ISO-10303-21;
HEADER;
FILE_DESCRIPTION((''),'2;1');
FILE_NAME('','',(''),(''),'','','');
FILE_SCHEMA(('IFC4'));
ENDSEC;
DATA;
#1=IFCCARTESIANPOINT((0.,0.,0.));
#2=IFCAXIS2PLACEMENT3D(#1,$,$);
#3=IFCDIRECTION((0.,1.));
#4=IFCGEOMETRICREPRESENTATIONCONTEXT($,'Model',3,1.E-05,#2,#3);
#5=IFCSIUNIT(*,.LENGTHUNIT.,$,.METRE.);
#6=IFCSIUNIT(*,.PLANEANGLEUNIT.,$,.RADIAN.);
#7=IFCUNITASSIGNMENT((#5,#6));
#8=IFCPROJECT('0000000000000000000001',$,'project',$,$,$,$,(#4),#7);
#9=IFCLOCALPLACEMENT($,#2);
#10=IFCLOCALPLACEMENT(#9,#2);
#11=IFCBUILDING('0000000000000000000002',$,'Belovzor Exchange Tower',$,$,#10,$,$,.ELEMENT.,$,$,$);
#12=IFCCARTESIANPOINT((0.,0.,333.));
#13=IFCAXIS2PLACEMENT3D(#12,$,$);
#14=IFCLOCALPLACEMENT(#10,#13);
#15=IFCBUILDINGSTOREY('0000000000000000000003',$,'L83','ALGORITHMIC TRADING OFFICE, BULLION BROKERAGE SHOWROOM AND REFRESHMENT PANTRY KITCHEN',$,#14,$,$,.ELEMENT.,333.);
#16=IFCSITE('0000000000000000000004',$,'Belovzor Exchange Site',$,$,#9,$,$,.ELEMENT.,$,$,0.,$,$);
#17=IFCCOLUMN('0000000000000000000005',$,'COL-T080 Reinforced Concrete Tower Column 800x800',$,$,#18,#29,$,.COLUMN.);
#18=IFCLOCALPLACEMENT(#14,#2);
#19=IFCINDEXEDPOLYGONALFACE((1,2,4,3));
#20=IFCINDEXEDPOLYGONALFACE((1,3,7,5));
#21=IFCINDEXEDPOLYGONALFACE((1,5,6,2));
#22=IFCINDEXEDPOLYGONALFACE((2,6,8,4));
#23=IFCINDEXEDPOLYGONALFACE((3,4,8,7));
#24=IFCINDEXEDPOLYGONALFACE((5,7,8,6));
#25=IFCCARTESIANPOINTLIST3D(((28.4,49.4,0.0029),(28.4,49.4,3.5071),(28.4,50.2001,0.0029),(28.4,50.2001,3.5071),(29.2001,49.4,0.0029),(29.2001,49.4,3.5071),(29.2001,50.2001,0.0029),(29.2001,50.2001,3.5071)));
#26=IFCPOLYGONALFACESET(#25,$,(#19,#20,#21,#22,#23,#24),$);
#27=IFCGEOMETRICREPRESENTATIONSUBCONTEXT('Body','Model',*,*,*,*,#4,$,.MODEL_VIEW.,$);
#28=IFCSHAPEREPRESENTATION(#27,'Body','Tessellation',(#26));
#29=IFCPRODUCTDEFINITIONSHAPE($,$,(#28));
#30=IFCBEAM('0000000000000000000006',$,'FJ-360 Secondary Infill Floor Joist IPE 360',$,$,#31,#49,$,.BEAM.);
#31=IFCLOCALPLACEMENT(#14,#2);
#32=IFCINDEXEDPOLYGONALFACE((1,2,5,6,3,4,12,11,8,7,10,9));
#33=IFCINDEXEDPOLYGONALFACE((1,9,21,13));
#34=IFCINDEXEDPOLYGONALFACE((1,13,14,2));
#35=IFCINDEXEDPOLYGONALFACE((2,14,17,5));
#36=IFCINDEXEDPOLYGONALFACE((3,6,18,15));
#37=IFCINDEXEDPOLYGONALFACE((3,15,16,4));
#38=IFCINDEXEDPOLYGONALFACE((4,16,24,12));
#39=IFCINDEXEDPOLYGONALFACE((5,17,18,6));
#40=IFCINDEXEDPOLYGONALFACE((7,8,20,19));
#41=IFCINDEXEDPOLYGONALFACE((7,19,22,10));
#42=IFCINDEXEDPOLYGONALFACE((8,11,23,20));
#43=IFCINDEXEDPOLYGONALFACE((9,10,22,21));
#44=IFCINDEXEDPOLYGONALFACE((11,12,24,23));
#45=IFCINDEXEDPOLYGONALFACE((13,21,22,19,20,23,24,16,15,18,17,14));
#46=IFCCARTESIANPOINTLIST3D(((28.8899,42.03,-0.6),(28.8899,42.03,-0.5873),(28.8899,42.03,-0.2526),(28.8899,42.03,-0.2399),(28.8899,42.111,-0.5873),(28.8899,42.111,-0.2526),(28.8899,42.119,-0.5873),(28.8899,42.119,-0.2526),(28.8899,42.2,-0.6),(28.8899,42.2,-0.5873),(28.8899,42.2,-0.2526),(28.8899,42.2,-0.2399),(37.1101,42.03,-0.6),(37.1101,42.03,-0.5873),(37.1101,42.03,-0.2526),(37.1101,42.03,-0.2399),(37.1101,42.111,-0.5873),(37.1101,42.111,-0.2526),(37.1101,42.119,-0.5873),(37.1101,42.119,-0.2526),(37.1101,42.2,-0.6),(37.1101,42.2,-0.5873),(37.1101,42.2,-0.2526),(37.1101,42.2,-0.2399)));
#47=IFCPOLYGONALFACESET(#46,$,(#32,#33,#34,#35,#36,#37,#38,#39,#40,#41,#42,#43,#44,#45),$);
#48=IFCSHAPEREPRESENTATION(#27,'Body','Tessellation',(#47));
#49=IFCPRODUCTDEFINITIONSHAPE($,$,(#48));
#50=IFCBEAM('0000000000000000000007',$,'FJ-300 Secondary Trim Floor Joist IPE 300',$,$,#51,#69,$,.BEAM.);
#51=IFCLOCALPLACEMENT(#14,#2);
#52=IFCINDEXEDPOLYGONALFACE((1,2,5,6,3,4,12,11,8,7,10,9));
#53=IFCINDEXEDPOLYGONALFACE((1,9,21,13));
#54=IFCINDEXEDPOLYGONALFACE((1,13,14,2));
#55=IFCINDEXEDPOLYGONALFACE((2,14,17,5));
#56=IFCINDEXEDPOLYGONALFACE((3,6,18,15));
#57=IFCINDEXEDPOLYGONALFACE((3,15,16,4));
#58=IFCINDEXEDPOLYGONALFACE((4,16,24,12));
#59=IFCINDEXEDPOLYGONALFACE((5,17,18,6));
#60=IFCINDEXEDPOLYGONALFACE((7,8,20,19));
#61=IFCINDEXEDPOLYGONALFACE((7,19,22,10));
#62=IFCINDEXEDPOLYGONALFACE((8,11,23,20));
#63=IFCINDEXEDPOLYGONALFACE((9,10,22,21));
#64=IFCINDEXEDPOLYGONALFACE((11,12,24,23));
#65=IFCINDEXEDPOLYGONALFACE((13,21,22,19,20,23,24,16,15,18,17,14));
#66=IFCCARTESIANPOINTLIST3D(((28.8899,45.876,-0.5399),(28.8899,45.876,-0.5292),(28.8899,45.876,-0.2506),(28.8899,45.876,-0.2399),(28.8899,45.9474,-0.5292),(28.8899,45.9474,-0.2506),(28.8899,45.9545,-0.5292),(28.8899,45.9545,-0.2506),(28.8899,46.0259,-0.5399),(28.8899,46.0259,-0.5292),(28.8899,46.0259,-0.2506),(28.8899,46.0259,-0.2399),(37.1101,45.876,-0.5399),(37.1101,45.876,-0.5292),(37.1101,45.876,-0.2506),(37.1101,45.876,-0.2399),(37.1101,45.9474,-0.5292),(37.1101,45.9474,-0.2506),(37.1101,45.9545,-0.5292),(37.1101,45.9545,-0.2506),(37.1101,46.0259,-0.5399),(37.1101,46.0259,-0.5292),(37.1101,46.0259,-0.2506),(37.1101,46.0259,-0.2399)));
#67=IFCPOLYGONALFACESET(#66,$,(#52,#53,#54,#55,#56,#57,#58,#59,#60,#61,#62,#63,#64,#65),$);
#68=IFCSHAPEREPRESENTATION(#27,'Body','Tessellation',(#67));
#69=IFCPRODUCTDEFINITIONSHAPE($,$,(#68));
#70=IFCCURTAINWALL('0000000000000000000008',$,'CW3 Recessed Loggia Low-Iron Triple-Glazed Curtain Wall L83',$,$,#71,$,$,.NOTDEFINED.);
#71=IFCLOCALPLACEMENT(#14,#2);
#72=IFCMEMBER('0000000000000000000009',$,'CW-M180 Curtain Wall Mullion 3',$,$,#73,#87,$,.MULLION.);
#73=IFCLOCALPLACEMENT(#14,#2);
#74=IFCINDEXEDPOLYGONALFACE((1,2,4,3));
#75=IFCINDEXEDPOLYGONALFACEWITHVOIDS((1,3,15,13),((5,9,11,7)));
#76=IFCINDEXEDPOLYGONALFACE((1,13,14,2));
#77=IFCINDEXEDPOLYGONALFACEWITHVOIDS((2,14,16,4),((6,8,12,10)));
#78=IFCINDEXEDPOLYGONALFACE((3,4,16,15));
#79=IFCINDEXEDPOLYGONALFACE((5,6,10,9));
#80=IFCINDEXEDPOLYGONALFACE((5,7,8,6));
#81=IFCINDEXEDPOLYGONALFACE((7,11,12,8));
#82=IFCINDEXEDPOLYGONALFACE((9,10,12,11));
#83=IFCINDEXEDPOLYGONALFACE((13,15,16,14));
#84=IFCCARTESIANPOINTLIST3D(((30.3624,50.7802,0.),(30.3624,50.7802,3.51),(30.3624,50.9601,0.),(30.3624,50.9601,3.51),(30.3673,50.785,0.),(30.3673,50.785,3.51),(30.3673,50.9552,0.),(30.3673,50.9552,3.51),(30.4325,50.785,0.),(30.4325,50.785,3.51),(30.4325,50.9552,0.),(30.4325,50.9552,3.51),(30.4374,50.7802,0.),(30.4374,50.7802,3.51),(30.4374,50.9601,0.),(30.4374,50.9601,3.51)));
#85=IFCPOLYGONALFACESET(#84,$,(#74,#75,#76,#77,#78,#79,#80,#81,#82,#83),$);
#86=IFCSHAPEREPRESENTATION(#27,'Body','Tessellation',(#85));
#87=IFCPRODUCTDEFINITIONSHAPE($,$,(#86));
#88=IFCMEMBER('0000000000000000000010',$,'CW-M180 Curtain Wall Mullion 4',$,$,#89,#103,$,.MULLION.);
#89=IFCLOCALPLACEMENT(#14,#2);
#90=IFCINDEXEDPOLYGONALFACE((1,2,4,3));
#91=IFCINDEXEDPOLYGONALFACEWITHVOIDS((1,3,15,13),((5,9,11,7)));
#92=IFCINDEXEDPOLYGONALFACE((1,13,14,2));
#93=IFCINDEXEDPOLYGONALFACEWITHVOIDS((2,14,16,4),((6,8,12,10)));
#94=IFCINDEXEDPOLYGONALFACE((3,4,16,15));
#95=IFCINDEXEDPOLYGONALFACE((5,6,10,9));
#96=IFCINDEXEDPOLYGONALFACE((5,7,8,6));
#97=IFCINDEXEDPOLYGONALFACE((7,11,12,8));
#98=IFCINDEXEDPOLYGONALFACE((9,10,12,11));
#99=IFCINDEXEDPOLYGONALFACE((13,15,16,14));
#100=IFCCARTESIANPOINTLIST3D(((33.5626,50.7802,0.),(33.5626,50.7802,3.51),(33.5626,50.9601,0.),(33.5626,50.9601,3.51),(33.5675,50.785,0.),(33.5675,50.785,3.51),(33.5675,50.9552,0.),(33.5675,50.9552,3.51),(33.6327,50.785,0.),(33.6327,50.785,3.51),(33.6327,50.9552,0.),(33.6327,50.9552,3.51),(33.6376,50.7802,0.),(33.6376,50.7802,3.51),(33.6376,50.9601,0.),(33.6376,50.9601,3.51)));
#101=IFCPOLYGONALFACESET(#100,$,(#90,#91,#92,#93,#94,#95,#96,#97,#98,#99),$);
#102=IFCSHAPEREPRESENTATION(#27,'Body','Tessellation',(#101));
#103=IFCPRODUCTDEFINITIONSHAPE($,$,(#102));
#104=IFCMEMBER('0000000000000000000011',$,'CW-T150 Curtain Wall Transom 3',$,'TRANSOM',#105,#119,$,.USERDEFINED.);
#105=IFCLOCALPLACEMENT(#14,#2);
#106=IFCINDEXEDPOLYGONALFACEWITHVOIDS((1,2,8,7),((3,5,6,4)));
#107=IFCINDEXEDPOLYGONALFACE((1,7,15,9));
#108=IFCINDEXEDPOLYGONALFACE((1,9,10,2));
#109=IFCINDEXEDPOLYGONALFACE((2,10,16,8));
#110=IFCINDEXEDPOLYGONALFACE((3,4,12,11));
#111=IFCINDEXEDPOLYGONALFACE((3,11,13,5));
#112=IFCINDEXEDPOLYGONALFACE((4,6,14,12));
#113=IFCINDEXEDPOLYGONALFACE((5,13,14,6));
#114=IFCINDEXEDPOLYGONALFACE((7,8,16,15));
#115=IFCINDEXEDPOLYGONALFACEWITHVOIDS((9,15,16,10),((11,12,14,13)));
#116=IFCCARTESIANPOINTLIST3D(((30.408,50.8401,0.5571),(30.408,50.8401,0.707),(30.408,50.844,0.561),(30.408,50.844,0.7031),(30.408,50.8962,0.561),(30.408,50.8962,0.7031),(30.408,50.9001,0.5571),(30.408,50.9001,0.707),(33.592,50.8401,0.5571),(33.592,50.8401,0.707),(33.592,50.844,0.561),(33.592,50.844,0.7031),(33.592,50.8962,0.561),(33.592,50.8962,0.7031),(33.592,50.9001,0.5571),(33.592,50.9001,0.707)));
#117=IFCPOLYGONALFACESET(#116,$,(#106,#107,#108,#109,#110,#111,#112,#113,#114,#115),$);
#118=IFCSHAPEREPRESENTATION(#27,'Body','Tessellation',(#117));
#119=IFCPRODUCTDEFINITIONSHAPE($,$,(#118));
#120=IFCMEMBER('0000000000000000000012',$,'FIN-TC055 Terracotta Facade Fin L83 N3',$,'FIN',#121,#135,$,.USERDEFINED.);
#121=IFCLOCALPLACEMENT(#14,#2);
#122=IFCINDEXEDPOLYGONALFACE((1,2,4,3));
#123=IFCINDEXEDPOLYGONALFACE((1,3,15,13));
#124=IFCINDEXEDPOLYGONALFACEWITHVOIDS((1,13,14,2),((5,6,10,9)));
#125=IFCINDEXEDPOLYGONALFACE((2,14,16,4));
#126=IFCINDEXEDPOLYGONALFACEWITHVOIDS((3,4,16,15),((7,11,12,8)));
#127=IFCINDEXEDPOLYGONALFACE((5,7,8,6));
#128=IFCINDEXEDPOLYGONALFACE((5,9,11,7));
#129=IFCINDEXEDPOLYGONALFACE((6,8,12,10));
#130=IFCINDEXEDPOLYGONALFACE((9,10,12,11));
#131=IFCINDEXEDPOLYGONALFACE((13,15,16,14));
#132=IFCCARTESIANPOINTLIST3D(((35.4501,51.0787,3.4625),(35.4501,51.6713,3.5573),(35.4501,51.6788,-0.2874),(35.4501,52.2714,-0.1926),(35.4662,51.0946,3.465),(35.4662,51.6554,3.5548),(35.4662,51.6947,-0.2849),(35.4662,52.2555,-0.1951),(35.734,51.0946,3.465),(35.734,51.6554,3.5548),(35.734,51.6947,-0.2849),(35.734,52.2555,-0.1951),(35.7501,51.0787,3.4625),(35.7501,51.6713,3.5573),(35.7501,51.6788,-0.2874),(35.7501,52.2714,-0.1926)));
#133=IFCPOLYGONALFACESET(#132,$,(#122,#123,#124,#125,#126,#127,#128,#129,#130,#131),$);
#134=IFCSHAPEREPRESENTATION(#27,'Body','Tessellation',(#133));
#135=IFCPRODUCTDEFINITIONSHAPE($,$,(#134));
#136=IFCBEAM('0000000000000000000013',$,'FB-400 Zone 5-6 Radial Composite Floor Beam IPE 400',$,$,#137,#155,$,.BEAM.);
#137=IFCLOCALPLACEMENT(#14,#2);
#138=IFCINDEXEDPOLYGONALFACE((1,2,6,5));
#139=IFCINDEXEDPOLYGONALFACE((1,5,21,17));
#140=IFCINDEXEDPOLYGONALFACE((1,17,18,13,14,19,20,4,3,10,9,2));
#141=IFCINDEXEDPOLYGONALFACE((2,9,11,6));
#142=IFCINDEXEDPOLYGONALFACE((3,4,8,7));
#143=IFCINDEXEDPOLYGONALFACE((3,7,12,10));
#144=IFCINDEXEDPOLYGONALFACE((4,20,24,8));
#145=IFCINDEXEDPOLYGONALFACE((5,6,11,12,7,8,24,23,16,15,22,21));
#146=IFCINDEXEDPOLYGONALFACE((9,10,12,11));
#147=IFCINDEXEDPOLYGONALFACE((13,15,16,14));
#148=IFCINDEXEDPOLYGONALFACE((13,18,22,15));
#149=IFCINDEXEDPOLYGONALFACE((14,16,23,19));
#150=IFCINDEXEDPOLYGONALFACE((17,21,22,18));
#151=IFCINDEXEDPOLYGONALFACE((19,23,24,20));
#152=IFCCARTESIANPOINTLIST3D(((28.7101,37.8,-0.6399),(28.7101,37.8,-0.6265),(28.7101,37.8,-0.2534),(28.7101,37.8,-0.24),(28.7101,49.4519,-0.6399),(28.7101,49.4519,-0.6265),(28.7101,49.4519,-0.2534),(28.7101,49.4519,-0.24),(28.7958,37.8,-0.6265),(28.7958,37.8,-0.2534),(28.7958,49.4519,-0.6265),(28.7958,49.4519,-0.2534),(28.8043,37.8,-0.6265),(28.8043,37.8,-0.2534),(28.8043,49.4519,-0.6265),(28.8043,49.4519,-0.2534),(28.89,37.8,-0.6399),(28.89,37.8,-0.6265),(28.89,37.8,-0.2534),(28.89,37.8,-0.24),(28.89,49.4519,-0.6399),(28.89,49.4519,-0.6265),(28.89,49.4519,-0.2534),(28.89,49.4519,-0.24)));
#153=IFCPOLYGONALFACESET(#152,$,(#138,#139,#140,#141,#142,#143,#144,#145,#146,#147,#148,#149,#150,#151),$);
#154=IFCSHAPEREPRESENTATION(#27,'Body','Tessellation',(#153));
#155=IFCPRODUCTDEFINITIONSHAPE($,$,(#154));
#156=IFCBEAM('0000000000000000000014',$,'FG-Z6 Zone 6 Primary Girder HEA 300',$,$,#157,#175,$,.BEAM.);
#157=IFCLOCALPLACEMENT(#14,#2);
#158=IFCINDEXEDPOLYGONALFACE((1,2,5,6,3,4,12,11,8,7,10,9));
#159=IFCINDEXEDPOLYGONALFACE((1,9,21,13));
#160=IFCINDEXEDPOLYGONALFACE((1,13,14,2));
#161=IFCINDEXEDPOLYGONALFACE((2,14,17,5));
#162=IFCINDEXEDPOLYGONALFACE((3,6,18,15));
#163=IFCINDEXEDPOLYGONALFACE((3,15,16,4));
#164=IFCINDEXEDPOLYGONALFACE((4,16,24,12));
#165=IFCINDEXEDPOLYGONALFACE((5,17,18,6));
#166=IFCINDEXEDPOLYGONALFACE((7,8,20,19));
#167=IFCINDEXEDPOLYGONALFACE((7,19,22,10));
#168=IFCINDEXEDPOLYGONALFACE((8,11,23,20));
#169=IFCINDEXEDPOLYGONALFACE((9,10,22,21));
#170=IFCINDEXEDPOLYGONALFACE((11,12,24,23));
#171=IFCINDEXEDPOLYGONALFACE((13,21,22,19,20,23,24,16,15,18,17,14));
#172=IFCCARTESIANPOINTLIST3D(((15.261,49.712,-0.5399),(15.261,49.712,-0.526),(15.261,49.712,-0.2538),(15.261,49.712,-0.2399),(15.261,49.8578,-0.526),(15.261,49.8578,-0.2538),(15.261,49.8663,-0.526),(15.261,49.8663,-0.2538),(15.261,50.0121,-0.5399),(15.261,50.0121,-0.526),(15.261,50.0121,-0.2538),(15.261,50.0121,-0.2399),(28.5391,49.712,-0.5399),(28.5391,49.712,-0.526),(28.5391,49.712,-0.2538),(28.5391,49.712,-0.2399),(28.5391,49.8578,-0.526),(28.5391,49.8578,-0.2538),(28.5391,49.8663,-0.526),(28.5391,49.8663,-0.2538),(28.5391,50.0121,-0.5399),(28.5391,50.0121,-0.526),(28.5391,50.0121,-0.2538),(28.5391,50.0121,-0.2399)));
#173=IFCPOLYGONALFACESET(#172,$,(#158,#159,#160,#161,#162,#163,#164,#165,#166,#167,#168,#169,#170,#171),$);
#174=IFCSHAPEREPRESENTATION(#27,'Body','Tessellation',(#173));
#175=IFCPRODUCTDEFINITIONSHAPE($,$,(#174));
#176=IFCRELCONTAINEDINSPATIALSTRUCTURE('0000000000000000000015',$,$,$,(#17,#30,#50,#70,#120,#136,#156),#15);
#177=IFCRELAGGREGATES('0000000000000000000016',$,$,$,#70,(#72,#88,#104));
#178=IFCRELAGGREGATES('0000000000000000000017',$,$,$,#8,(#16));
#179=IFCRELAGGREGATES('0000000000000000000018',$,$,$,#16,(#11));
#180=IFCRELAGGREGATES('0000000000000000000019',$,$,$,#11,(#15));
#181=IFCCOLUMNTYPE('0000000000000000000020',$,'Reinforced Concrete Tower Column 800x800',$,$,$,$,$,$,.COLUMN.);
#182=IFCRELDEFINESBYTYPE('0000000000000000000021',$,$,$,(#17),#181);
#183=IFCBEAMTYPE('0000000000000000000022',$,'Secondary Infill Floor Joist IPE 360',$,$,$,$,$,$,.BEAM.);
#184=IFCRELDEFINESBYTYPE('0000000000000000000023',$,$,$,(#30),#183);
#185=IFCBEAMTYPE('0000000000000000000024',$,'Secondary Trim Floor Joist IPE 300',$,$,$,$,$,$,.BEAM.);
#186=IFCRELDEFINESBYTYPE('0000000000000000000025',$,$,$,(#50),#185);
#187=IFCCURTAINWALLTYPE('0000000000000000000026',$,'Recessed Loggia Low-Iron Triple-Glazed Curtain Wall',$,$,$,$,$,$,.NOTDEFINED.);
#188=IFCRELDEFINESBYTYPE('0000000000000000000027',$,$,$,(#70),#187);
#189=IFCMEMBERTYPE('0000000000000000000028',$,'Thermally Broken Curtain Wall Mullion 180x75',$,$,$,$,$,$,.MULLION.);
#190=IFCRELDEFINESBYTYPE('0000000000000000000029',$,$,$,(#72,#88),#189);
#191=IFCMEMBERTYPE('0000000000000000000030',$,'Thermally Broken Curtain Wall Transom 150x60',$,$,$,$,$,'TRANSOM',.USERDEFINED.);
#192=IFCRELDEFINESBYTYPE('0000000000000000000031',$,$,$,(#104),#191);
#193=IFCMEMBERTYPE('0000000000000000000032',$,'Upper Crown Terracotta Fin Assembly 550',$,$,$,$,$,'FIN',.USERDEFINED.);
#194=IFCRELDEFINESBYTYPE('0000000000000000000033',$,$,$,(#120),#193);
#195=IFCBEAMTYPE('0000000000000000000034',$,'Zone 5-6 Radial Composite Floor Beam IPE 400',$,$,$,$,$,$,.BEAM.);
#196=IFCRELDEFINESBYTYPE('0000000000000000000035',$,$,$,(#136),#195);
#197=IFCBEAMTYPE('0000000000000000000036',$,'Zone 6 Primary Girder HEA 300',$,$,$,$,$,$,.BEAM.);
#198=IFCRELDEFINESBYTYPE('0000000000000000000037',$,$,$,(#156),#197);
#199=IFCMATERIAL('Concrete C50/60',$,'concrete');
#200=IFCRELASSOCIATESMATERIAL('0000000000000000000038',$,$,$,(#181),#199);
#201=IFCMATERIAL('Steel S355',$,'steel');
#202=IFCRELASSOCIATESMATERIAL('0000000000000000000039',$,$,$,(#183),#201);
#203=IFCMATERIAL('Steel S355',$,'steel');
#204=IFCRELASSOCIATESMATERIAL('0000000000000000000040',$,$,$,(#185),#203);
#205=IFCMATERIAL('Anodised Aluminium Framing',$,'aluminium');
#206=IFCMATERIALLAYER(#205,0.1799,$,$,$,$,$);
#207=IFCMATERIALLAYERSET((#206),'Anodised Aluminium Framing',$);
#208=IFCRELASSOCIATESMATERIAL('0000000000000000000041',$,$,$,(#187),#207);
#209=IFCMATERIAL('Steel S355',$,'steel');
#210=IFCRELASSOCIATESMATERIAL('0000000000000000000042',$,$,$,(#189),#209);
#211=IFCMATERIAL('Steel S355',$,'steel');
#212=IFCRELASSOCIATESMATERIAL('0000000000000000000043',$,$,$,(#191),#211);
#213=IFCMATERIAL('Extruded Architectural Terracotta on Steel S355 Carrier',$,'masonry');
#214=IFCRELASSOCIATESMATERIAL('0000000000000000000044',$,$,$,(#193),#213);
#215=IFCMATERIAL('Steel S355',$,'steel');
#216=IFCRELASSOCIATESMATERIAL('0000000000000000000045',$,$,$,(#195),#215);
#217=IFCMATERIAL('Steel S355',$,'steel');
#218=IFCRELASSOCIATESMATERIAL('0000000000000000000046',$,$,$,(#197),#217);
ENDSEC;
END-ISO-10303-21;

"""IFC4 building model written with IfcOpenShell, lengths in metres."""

from ifc_helpers import new_model, si_unit, direction, frame, origin, origin_2d, place, context, subcontext, project, spatial, rectangle, hollow_rectangle, i_section, extrude, material, layer, layer_set, material_profile, profile_set, type_object, element, aggregate, save


model = new_model("IFC4")

# Units and contexts
model_context = context("Model", 3, precision=1e-05, world=origin(), true_north=direction((0.0, 1.0)))
body_context = subcontext(model_context, "Body", "Model", "MODEL_VIEW")
ifc_project = project(units=[si_unit("LENGTHUNIT", "METRE"), si_unit("PLANEANGLEUNIT", "RADIAN")], contexts=[model_context])

# Site, building, storey
site_placement = place(None, origin())
site = spatial("IfcSite", under=ifc_project, at=site_placement, Name="Belovzor Exchange Site", CompositionType="ELEMENT", RefElevation=0.0)
building_placement = place(site_placement, origin())
building = spatial("IfcBuilding", under=site, at=building_placement, Name="Belovzor Exchange Tower", CompositionType="ELEMENT")
storey_placement = place(building_placement, frame((0.0, 0.0, 333.0)))
storey = spatial("IfcBuildingStorey", under=building, at=storey_placement, Name="L83", Description="ALGORITHMIC TRADING OFFICE, BULLION BROKERAGE SHOWROOM AND REFRESHMENT PANTRY KITCHEN", CompositionType="ELEMENT", Elevation=333.0)

# Column
ifc_material_1 = material(Name="Concrete C50/60", Category="concrete")
ifc_material_profile_1 = material_profile(ifc_material_1, rectangle(XDim=0.8, YDim=0.8, at=origin_2d()))
ifc_profile_set_1 = profile_set([ifc_material_profile_1], Name="Concrete C50/60")
column_type = type_object("IfcColumnType", Name="Reinforced Concrete Tower Column 800x800", PredefinedType="COLUMN", material=ifc_profile_set_1)
column_placement = place(storey_placement, frame((28.8, 49.8, 0.0029), z_axis=(0.0, 0.0, 1.0), x_axis=(1.0, 0.0, 0.0)))
element("IfcColumn", 1, at=column_placement, inside=storey, type_object=column_type, Name="COL-T080 Reinforced Concrete Tower Column 800x800", PredefinedType="COLUMN", context=body_context, shape_type="SweptSolid", body=[
    extrude(rectangle(XDim=0.8, YDim=0.8, at=origin_2d()), origin(), (0.0, 0.0, 1.0), 3.5042),
])

# Beams
ifc_material_2 = material(Name="Steel S355", Category="steel")
ifc_material_profile_2 = material_profile(ifc_material_2, i_section(OverallWidth=0.1699, OverallDepth=0.3601, WebThickness=0.0081, FlangeThickness=0.0127, at=origin_2d()))
ifc_profile_set_2 = profile_set([ifc_material_profile_2], Name="Steel S355")
beam_type_1 = type_object("IfcBeamType", Name="Secondary Infill Floor Joist IPE 360", PredefinedType="BEAM", material=ifc_profile_set_2)
beam_1_placement = place(storey_placement, frame((28.8899, 42.115, -0.4199), z_axis=(1.0, 0.0, 0.0), x_axis=(0.0, 1.0, 0.0)))
element("IfcBeam", 2, at=beam_1_placement, inside=storey, type_object=beam_type_1, Name="FJ-360 Secondary Infill Floor Joist IPE 360", PredefinedType="BEAM", context=body_context, shape_type="SweptSolid", body=[
    extrude(i_section(OverallWidth=0.1699, OverallDepth=0.3601, WebThickness=0.0081, FlangeThickness=0.0127, at=origin_2d()), origin(), (0.0, 0.0, 1.0), 8.2202),
])
ifc_material_3 = material(Name="Steel S355", Category="steel")
ifc_material_profile_3 = material_profile(ifc_material_3, i_section(OverallWidth=0.1499, OverallDepth=0.3, WebThickness=0.0071, FlangeThickness=0.0107, at=origin_2d()))
ifc_profile_set_3 = profile_set([ifc_material_profile_3], Name="Steel S355")
beam_type_2 = type_object("IfcBeamType", Name="Secondary Trim Floor Joist IPE 300", PredefinedType="BEAM", material=ifc_profile_set_3)
beam_2_placement = place(storey_placement, frame((28.8899, 45.9509, -0.3899), z_axis=(1.0, 0.0, 0.0), x_axis=(0.0, 1.0, 0.0)))
element("IfcBeam", 3, at=beam_2_placement, inside=storey, type_object=beam_type_2, Name="FJ-300 Secondary Trim Floor Joist IPE 300", PredefinedType="BEAM", context=body_context, shape_type="SweptSolid", body=[
    extrude(i_section(OverallWidth=0.1499, OverallDepth=0.3, WebThickness=0.0071, FlangeThickness=0.0107, at=origin_2d()), origin(), (0.0, 0.0, 1.0), 8.2202),
])

# Curtain wall, members
ifc_material_4 = material(Name="Anodised Aluminium Framing", Category="aluminium")
ifc_layer_1 = layer(ifc_material_4, 0.1799)
ifc_layer_set_1 = layer_set([ifc_layer_1], Name="Anodised Aluminium Framing")
curtain_wall_type = type_object("IfcCurtainWallType", Name="Recessed Loggia Low-Iron Triple-Glazed Curtain Wall", PredefinedType="NOTDEFINED", material=ifc_layer_set_1)
curtain_wall_placement = place(storey_placement, origin())
curtain_wall = element("IfcCurtainWall", 4, at=curtain_wall_placement, inside=storey, type_object=curtain_wall_type, Name="CW3 Recessed Loggia Low-Iron Triple-Glazed Curtain Wall L83", PredefinedType="NOTDEFINED")
ifc_material_5 = material(Name="Steel S355", Category="steel")
ifc_material_profile_4 = material_profile(ifc_material_5, hollow_rectangle(XDim=0.075, YDim=0.1799, WallThickness=0.0049, at=origin_2d()))
ifc_profile_set_4 = profile_set([ifc_material_profile_4], Name="Steel S355")
member_type_1 = type_object("IfcMemberType", Name="Thermally Broken Curtain Wall Mullion 180x75", PredefinedType="MULLION", material=ifc_profile_set_4)
member_1_placement = place(storey_placement, frame((30.3999, 50.8701, 0.0), z_axis=(0.0, 0.0, 1.0), x_axis=(1.0, 0.0, 0.0)))
member_1 = element("IfcMember", 5, at=member_1_placement, type_object=member_type_1, Name="CW-M180 Curtain Wall Mullion 3", PredefinedType="MULLION", context=body_context, shape_type="SweptSolid", body=[
    extrude(hollow_rectangle(XDim=0.075, YDim=0.1799, WallThickness=0.0049, at=origin_2d()), origin(), (0.0, 0.0, 1.0), 3.51),
])
member_2_placement = place(storey_placement, frame((33.6001, 50.8701, 0.0), z_axis=(0.0, 0.0, 1.0), x_axis=(1.0, 0.0, 0.0)))
member_2 = element("IfcMember", 6, at=member_2_placement, type_object=member_type_1, Name="CW-M180 Curtain Wall Mullion 4", PredefinedType="MULLION", context=body_context, shape_type="SweptSolid", body=[
    extrude(hollow_rectangle(XDim=0.075, YDim=0.1799, WallThickness=0.0049, at=origin_2d()), origin(), (0.0, 0.0, 1.0), 3.51),
])
ifc_material_6 = material(Name="Steel S355", Category="steel")
ifc_material_profile_5 = material_profile(ifc_material_6, hollow_rectangle(XDim=0.0601, YDim=0.1499, WallThickness=0.0039, at=origin_2d()))
ifc_profile_set_5 = profile_set([ifc_material_profile_5], Name="Steel S355")
member_type_2 = type_object("IfcMemberType", Name="Thermally Broken Curtain Wall Transom 150x60", ElementType="TRANSOM", PredefinedType="USERDEFINED", material=ifc_profile_set_5)
member_3_placement = place(storey_placement, frame((30.408, 50.8701, 0.6321), z_axis=(1.0, 0.0, 0.0), x_axis=(0.0, 1.0, 0.0)))
member_3 = element("IfcMember", 7, at=member_3_placement, type_object=member_type_2, Name="CW-T150 Curtain Wall Transom 3", ObjectType="TRANSOM", PredefinedType="USERDEFINED", context=body_context, shape_type="SweptSolid", body=[
    extrude(hollow_rectangle(XDim=0.0601, YDim=0.1499, WallThickness=0.0039, at=origin_2d()), origin(), (0.0, 0.0, 1.0), 3.1841),
])

# Member
ifc_material_7 = material(Name="Extruded Architectural Terracotta on Steel S355 Carrier", Category="masonry")
ifc_material_profile_6 = material_profile(ifc_material_7, hollow_rectangle(XDim=0.3, YDim=0.6001, WallThickness=0.0161, at=origin_2d()))
ifc_profile_set_6 = profile_set([ifc_material_profile_6], Name="Extruded Architectural Terracotta on Steel S355 Carrier")
member_type_3 = type_object("IfcMemberType", Name="Upper Crown Terracotta Fin Assembly 550", ElementType="FIN", PredefinedType="USERDEFINED", material=ifc_profile_set_6)
member_4_placement = place(storey_placement, frame((35.6001, 51.9751, -0.24), z_axis=(0.0, -0.158016, 0.987437), x_axis=(1.0, 0.0, 0.0)))
element("IfcMember", 8, at=member_4_placement, inside=storey, type_object=member_type_3, Name="FIN-TC055 Terracotta Facade Fin L83 N3", ObjectType="FIN", PredefinedType="USERDEFINED", context=body_context, shape_type="SweptSolid", body=[
    extrude(hollow_rectangle(XDim=0.3, YDim=0.6001, WallThickness=0.0161, at=origin_2d()), origin(), (0.0, 0.0, 1.0), 3.7976),
])

# Beams
ifc_material_8 = material(Name="Steel S355", Category="steel")
ifc_material_profile_7 = material_profile(ifc_material_8, i_section(OverallWidth=0.1799, OverallDepth=0.3999, WebThickness=0.0085, FlangeThickness=0.0134, at=origin_2d()))
ifc_profile_set_7 = profile_set([ifc_material_profile_7], Name="Steel S355")
beam_type_3 = type_object("IfcBeamType", Name="Zone 5-6 Radial Composite Floor Beam IPE 400", PredefinedType="BEAM", material=ifc_profile_set_7)
beam_3_placement = place(storey_placement, frame((28.8, 37.8, -0.4399), z_axis=(0.0, 1.0, 0.0), x_axis=(-1.0, 0.0, 0.0)))
element("IfcBeam", 9, at=beam_3_placement, inside=storey, type_object=beam_type_3, Name="FB-400 Zone 5-6 Radial Composite Floor Beam IPE 400", PredefinedType="BEAM", context=body_context, shape_type="SweptSolid", body=[
    extrude(i_section(OverallWidth=0.1799, OverallDepth=0.3999, WebThickness=0.0085, FlangeThickness=0.0134, at=origin_2d()), origin(), (0.0, 0.0, 1.0), 11.6519),
])
ifc_material_9 = material(Name="Steel S355", Category="steel")
ifc_material_profile_8 = material_profile(ifc_material_9, i_section(OverallWidth=0.3, OverallDepth=0.3, WebThickness=0.0085, FlangeThickness=0.0139, at=origin_2d()))
ifc_profile_set_8 = profile_set([ifc_material_profile_8], Name="Steel S355")
beam_type_4 = type_object("IfcBeamType", Name="Zone 6 Primary Girder HEA 300", PredefinedType="BEAM", material=ifc_profile_set_8)
beam_4_placement = place(storey_placement, frame((28.5391, 49.8621, -0.3899), z_axis=(-1.0, 0.0, 0.0), x_axis=(0.0, -1.0, 0.0)))
element("IfcBeam", 10, at=beam_4_placement, inside=storey, type_object=beam_type_4, Name="FG-Z6 Zone 6 Primary Girder HEA 300", PredefinedType="BEAM", context=body_context, shape_type="SweptSolid", body=[
    extrude(i_section(OverallWidth=0.3, OverallDepth=0.3, WebThickness=0.0085, FlangeThickness=0.0139, at=origin_2d()), origin(), (0.0, 0.0, 1.0), 13.2781),
])

aggregate(curtain_wall, [member_1, member_2, member_3])

save(model, "model.ifc")
